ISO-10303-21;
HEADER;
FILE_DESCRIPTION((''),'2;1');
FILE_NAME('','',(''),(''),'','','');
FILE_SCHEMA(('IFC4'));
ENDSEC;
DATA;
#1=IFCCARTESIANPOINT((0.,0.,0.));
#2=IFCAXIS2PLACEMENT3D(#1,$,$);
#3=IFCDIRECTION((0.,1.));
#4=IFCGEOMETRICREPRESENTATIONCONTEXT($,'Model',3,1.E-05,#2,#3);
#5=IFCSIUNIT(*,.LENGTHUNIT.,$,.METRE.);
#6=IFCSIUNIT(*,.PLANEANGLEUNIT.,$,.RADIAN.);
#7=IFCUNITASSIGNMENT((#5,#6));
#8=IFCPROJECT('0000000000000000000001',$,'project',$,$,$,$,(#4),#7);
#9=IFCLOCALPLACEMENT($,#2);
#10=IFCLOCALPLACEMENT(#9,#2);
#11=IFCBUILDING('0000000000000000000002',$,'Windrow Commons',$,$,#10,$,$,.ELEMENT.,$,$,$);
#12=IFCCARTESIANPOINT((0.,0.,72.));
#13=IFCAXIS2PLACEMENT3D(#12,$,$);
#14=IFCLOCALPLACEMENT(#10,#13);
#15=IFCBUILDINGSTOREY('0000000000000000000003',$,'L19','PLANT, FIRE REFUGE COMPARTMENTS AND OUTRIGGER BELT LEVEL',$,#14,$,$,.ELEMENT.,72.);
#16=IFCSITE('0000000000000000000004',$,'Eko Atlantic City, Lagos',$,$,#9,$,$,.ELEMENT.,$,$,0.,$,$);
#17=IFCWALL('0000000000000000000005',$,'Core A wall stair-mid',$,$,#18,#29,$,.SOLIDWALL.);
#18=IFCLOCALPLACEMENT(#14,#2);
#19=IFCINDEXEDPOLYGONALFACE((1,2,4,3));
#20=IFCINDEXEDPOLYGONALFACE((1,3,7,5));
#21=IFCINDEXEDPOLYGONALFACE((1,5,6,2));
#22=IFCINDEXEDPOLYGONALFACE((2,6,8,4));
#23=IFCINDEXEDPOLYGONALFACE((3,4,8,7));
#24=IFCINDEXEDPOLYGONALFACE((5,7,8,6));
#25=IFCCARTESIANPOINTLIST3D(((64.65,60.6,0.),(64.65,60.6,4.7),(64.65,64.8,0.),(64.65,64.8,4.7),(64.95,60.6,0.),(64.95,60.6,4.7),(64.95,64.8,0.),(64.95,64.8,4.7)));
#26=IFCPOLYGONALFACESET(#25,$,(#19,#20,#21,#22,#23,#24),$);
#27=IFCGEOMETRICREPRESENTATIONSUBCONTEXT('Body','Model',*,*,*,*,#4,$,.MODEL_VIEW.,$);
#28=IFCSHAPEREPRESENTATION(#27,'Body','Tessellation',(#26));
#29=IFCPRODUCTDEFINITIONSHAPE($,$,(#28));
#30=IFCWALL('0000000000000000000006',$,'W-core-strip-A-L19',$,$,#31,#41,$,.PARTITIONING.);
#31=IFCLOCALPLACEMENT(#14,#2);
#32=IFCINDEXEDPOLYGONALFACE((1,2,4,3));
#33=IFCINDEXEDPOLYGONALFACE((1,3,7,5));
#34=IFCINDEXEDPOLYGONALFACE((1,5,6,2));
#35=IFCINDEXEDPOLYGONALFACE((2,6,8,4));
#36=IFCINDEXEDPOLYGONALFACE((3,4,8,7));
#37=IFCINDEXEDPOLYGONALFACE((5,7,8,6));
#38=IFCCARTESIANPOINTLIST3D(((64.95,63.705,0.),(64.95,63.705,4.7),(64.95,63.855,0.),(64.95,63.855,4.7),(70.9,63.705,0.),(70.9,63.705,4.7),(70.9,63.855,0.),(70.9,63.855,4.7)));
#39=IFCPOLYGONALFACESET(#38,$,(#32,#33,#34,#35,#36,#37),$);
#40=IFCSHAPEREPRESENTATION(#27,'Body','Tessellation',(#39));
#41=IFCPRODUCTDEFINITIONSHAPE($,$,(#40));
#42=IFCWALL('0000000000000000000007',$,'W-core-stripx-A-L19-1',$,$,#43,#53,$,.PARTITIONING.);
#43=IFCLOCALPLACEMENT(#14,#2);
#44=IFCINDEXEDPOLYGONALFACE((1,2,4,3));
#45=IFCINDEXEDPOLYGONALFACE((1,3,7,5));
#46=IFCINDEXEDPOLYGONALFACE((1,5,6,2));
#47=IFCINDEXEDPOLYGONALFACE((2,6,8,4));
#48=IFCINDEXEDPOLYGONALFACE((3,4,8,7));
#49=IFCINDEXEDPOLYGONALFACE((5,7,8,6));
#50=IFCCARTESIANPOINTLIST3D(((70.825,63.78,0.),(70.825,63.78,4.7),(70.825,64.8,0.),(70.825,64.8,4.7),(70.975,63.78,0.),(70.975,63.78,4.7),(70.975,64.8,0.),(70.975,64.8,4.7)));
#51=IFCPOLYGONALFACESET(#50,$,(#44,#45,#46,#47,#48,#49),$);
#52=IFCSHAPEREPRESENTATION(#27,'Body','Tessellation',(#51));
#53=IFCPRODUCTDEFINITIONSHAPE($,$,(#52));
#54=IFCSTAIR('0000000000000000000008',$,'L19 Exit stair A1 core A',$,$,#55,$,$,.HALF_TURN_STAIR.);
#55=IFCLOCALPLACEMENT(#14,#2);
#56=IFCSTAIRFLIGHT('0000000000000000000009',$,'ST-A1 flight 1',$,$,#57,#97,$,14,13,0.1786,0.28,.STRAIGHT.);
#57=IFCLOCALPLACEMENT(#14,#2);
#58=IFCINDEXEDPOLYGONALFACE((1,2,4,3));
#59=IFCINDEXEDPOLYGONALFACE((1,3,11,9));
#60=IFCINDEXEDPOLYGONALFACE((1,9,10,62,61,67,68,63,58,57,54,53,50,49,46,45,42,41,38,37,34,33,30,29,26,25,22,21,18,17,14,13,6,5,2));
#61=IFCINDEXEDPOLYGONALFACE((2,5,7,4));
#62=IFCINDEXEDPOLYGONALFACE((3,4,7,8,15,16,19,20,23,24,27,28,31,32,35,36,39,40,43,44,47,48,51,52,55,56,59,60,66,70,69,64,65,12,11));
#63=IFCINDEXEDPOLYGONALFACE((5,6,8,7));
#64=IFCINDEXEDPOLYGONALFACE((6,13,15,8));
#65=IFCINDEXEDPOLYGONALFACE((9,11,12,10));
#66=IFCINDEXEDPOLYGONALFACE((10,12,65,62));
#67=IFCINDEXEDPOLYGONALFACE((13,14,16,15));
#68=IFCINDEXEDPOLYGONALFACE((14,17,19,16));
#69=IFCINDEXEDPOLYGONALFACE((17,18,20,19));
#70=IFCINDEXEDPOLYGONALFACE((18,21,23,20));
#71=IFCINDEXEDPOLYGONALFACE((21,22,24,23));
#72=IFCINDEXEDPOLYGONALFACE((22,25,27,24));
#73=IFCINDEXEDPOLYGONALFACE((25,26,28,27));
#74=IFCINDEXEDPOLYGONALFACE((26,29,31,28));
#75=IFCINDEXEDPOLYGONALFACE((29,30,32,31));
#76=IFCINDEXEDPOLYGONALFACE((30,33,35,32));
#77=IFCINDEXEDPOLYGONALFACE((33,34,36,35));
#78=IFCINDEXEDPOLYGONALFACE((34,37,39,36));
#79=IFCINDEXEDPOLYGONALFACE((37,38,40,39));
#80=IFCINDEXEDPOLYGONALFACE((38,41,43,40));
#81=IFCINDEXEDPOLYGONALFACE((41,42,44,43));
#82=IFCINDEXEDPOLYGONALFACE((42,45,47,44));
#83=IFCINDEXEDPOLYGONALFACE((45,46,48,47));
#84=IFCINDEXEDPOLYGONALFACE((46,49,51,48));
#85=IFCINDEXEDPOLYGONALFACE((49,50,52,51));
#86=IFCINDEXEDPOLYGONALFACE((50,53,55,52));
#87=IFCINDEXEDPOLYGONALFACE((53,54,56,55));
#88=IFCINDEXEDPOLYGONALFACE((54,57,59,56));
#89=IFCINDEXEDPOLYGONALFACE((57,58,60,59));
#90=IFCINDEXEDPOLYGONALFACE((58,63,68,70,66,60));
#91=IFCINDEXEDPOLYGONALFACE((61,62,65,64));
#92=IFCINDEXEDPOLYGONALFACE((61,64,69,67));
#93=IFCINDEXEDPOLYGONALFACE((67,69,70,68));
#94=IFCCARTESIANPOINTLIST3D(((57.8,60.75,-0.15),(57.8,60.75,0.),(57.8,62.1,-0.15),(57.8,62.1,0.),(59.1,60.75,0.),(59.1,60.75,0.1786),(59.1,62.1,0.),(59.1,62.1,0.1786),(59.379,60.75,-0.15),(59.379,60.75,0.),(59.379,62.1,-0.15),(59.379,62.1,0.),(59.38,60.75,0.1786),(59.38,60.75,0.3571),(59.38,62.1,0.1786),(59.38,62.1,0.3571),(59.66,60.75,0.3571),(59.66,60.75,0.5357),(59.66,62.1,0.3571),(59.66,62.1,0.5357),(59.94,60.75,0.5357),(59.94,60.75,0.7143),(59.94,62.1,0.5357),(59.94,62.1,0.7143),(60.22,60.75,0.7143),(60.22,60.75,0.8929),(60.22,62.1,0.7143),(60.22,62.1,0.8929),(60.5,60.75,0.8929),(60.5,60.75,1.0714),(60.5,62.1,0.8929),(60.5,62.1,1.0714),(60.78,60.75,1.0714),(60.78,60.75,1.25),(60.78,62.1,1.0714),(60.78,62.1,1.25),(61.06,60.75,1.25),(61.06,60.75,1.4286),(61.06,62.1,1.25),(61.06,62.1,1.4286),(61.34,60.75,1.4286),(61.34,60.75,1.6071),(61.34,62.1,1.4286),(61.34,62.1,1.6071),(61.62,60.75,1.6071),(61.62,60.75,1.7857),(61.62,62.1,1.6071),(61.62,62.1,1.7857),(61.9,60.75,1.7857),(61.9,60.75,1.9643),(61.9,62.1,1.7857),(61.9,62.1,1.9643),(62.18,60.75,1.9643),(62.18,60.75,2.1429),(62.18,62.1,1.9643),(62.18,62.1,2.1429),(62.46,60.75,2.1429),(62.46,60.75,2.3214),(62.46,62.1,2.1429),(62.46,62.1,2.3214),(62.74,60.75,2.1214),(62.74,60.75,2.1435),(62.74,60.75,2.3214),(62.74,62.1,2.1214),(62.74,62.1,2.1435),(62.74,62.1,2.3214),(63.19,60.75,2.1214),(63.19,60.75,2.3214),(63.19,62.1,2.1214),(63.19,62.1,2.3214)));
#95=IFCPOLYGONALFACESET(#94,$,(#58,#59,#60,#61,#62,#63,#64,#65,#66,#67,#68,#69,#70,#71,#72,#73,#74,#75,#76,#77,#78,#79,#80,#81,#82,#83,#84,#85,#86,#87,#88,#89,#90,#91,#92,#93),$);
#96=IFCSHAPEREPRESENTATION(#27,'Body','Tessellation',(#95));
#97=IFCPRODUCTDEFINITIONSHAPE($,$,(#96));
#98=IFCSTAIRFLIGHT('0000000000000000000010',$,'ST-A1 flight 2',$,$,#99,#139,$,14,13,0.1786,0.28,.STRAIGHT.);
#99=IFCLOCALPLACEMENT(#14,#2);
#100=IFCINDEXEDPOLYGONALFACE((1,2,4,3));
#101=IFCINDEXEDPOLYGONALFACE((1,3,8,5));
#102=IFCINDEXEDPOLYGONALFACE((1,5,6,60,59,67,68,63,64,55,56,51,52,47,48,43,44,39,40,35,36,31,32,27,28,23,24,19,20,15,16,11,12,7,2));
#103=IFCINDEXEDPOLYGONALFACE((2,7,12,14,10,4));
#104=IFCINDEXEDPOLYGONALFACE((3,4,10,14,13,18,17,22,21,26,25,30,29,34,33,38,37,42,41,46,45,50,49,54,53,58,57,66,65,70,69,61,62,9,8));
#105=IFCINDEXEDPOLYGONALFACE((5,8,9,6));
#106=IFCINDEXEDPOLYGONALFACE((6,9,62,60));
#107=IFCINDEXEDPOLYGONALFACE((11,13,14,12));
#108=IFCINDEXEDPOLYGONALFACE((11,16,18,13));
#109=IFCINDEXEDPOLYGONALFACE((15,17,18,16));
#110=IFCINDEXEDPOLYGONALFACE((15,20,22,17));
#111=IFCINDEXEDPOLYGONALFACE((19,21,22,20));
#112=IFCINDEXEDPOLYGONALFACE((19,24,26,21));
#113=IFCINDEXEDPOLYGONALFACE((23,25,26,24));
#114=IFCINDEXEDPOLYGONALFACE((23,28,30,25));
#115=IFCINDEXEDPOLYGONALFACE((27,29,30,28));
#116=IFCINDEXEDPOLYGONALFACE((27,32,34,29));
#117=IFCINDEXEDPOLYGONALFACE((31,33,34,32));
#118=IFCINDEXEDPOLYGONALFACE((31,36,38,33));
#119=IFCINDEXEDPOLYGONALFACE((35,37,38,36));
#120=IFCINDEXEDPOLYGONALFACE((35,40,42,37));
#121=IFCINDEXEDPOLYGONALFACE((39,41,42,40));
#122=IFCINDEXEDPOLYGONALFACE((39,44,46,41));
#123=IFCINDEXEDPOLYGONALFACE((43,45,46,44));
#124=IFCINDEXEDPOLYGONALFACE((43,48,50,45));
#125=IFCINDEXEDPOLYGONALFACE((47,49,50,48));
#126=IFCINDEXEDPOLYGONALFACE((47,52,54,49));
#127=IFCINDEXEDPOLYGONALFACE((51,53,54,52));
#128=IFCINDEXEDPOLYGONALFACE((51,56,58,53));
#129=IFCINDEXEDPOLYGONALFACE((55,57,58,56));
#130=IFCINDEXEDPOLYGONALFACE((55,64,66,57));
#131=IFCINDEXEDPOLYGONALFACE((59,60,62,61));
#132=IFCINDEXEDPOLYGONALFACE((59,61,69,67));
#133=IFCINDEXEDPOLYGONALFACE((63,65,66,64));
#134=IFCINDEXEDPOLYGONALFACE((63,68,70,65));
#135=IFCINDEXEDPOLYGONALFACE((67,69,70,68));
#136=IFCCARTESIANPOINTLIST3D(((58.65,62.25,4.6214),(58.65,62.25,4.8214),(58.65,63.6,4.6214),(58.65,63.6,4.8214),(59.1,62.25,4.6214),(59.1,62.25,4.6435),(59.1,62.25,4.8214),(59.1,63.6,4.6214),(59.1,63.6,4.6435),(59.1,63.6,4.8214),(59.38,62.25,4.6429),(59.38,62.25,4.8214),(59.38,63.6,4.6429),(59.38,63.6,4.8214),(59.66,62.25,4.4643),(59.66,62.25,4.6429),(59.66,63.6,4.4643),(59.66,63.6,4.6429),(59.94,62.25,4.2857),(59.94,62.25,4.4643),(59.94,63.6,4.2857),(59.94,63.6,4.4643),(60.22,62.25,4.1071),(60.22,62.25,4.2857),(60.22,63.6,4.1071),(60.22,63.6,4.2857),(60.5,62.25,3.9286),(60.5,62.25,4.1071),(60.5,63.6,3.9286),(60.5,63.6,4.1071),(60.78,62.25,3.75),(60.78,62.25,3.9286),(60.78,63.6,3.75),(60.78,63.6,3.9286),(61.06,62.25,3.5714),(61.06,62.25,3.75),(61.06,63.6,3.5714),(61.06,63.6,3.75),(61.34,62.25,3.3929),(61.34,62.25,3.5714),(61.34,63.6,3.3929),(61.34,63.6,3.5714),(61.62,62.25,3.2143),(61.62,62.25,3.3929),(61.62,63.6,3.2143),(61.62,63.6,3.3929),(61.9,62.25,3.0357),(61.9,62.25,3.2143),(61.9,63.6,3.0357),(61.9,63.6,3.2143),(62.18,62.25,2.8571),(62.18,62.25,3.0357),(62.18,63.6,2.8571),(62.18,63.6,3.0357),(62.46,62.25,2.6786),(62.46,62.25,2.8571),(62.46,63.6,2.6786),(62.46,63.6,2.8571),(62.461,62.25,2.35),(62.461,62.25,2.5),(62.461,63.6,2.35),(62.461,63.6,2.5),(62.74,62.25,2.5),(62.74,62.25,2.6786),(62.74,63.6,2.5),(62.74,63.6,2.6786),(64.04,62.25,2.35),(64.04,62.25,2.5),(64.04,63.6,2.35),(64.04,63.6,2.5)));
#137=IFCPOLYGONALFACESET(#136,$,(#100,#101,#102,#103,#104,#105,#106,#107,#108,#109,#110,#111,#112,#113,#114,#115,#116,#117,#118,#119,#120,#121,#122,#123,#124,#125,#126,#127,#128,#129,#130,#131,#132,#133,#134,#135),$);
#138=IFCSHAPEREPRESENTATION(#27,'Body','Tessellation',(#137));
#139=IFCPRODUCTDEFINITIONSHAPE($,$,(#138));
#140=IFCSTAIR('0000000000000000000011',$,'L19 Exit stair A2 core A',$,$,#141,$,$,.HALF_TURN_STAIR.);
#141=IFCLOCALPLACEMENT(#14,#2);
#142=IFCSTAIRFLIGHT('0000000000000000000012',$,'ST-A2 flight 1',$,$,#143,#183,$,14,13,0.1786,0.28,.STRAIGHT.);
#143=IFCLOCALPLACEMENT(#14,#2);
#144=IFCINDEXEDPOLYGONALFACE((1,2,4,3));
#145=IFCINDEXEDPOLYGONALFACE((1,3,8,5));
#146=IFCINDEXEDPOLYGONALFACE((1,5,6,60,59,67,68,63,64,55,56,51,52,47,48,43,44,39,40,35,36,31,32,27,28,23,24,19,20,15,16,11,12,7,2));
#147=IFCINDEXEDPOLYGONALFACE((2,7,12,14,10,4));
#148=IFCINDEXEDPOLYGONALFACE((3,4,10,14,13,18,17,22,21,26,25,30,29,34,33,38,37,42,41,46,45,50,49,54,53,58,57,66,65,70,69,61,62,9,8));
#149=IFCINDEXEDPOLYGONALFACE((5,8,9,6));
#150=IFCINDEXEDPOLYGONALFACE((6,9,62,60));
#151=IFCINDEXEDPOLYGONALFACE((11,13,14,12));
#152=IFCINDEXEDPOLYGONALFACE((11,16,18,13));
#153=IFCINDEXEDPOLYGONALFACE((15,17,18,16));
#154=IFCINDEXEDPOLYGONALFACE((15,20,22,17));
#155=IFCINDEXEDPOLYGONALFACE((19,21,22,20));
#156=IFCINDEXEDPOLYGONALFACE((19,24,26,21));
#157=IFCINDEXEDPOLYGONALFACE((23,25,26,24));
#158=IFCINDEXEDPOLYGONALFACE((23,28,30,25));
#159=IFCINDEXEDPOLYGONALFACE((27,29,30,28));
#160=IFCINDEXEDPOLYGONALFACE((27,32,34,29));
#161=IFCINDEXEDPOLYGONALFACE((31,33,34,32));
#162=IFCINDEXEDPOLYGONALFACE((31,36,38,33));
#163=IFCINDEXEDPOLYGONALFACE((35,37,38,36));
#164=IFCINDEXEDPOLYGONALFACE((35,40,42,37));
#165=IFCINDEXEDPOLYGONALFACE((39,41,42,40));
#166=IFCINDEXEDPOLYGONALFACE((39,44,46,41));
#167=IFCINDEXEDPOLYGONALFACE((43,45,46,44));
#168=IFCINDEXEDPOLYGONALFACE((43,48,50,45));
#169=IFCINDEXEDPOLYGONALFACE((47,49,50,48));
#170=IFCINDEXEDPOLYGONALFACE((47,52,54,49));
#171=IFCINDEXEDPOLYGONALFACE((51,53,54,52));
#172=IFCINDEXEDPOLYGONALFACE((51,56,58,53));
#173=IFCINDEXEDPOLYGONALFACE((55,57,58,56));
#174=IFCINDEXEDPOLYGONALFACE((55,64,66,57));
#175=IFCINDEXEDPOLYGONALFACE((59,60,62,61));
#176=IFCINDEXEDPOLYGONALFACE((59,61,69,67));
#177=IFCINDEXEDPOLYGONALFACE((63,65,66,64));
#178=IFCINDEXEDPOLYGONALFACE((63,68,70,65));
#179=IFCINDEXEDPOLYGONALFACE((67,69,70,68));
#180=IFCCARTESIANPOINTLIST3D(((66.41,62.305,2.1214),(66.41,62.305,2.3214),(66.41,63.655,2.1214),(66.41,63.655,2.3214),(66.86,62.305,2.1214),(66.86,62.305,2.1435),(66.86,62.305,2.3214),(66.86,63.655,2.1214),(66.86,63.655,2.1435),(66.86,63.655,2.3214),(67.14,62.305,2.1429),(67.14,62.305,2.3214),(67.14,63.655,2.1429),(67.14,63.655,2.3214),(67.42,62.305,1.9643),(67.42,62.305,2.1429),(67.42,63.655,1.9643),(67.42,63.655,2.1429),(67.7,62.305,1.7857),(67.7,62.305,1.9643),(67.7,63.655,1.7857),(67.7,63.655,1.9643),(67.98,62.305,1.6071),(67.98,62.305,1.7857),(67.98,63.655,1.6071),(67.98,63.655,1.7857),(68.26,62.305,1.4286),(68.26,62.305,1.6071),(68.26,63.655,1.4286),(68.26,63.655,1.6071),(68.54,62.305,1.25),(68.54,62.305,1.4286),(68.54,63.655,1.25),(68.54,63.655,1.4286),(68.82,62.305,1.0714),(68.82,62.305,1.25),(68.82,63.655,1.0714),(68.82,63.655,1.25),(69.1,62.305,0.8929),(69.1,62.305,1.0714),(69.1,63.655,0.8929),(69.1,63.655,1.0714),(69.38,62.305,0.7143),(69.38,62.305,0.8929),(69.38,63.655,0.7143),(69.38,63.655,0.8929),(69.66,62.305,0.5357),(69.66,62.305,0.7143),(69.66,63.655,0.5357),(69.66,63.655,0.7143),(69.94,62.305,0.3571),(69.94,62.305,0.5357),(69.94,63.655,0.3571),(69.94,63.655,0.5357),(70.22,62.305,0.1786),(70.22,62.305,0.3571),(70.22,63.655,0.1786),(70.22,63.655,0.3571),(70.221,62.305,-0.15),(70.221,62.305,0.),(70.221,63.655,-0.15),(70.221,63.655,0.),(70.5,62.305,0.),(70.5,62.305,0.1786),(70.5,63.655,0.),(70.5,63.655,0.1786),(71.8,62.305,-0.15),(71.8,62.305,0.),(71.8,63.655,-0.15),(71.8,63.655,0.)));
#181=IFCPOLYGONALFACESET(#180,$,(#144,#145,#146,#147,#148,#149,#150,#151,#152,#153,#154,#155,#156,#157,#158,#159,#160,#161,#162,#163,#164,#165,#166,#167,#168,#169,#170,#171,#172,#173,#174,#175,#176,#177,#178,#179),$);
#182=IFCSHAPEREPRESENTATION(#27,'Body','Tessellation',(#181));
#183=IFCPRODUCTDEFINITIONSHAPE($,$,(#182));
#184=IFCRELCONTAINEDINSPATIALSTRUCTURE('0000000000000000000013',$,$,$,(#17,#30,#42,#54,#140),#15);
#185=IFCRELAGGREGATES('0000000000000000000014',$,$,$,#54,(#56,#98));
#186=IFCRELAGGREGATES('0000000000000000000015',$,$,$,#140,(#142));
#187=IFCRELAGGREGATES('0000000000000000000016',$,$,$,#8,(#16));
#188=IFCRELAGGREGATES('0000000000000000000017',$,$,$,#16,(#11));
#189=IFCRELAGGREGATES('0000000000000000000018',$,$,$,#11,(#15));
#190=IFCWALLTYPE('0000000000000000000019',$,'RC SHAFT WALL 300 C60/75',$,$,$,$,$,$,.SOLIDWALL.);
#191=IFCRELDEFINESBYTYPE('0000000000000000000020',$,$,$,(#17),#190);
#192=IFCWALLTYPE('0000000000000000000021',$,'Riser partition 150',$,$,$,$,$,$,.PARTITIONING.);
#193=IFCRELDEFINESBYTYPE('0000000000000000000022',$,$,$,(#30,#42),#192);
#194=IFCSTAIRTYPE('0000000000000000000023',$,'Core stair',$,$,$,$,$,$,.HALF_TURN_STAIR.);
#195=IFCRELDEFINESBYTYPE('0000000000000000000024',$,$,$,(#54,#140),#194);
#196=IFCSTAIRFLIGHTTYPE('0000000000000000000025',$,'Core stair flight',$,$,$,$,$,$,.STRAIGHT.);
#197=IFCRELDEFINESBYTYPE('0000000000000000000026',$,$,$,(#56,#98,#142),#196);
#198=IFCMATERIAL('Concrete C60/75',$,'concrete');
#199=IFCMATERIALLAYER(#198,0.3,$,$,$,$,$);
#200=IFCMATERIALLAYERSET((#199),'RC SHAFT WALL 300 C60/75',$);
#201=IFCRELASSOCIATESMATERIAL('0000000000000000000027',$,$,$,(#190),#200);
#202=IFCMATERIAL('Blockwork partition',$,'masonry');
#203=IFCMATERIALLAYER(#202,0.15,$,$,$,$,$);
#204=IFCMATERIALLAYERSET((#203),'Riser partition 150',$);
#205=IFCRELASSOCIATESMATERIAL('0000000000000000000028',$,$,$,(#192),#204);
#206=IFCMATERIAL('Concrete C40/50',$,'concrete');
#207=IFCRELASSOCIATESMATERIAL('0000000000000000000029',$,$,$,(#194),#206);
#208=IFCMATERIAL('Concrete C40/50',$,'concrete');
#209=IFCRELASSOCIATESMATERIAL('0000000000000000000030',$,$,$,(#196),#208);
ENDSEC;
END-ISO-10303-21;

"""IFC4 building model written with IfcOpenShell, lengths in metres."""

from ifc_helpers import new_model, si_unit, direction, frame, frame_2d, origin, place, context, subcontext, project, spatial, polyline, rectangle, outline, extrude, material, layer, layer_set, type_object, element, aggregate, save


model = new_model("IFC4")

# Units and contexts
model_context = context("Model", 3, precision=1e-05, world=origin(), true_north=direction((0.0, 1.0)))
body_context = subcontext(model_context, "Body", "Model", "MODEL_VIEW")
ifc_project = project(units=[si_unit("LENGTHUNIT", "METRE"), si_unit("PLANEANGLEUNIT", "RADIAN")], contexts=[model_context])

# Site, building, storey
site_placement = place(None, origin())
site = spatial("IfcSite", under=ifc_project, at=site_placement, Name="Eko Atlantic City, Lagos", CompositionType="ELEMENT", RefElevation=0.0)
building_placement = place(site_placement, origin())
building = spatial("IfcBuilding", under=site, at=building_placement, Name="Windrow Commons", CompositionType="ELEMENT")
storey_placement = place(building_placement, frame((0.0, 0.0, 72.0)))
storey = spatial("IfcBuildingStorey", under=building, at=storey_placement, Name="L19", Description="PLANT, FIRE REFUGE COMPARTMENTS AND OUTRIGGER BELT LEVEL", CompositionType="ELEMENT", Elevation=72.0)

# Walls
ifc_material_1 = material(Name="Concrete C60/75", Category="concrete")
ifc_layer_1 = layer(ifc_material_1, 0.3)
ifc_layer_set_1 = layer_set([ifc_layer_1], Name="RC SHAFT WALL 300 C60/75")
wall_type_1 = type_object("IfcWallType", Name="RC SHAFT WALL 300 C60/75", PredefinedType="SOLIDWALL", material=ifc_layer_set_1)
wall_1_placement = place(storey_placement, frame((64.8, 60.6, 0.0), z_axis=(0.0, 0.0, 1.0), x_axis=(0.0, 1.0, 0.0)))
element("IfcWall", 1, at=wall_1_placement, inside=storey, type_object=wall_type_1, Name="Core A wall stair-mid", PredefinedType="SOLIDWALL", context=body_context, shape_type="SweptSolid", body=[
    extrude(rectangle(XDim=4.2, YDim=0.3, at=frame_2d((2.1, 0.0))), origin(), (0.0, 0.0, 1.0), 4.7),
])
ifc_material_2 = material(Name="Blockwork partition", Category="masonry")
ifc_layer_2 = layer(ifc_material_2, 0.15)
ifc_layer_set_2 = layer_set([ifc_layer_2], Name="Riser partition 150")
wall_type_2 = type_object("IfcWallType", Name="Riser partition 150", PredefinedType="PARTITIONING", material=ifc_layer_set_2)
wall_2_placement = place(storey_placement, frame((64.95, 63.78, 0.0), z_axis=(0.0, 0.0, 1.0), x_axis=(1.0, 0.0, 0.0)))
element("IfcWall", 2, at=wall_2_placement, inside=storey, type_object=wall_type_2, Name="W-core-strip-A-L19", PredefinedType="PARTITIONING", context=body_context, shape_type="SweptSolid", body=[
    extrude(rectangle(XDim=5.95, YDim=0.15, at=frame_2d((2.975, 0.0))), origin(), (0.0, 0.0, 1.0), 4.7),
])
wall_3_placement = place(storey_placement, frame((70.9, 63.78, 0.0), z_axis=(0.0, 0.0, 1.0), x_axis=(0.0, 1.0, 0.0)))
element("IfcWall", 3, at=wall_3_placement, inside=storey, type_object=wall_type_2, Name="W-core-stripx-A-L19-1", PredefinedType="PARTITIONING", context=body_context, shape_type="SweptSolid", body=[
    extrude(rectangle(XDim=1.02, YDim=0.15, at=frame_2d((0.51, 0.0))), origin(), (0.0, 0.0, 1.0), 4.7),
])

# Stairs, stair flights
ifc_material_3 = material(Name="Concrete C40/50", Category="concrete")
stair_type = type_object("IfcStairType", Name="Core stair", PredefinedType="HALF_TURN_STAIR", material=ifc_material_3)
placement = place(storey_placement, origin())
stair_1 = element("IfcStair", 4, at=placement, inside=storey, type_object=stair_type, Name="L19 Exit stair A1 core A", PredefinedType="HALF_TURN_STAIR")
ifc_material_4 = material(Name="Concrete C40/50", Category="concrete")
stair_flight_type = type_object("IfcStairFlightType", Name="Core stair flight", PredefinedType="STRAIGHT", material=ifc_material_4)
stair_flight_1_placement = place(storey_placement, frame((59.1, 61.425, 0.0), z_axis=(0.0, 0.0, 1.0), x_axis=(1.0, 0.0, 0.0)))
stair_flight_1 = element("IfcStairFlight", 5, at=stair_flight_1_placement, type_object=stair_flight_type, Name="ST-A1 flight 1", NumberOfRisers=14, NumberOfTreads=13, PredefinedType="STRAIGHT", RiserHeight=0.1786, TreadLength=0.28, context=body_context, shape_type="SweptSolid", body=[
    extrude(outline(polyline([(-1.3, -0.15), (-1.3, 0.0), (0.0, 0.0), (0.0, 0.1786), (0.28, 0.1786), (0.28, 0.3571), (0.56, 0.3571), (0.56, 0.5357), (0.84, 0.5357), (0.84, 0.7143), (1.12, 0.7143), (1.12, 0.8929), (1.4, 0.8929), (1.4, 1.0714), (1.68, 1.0714), (1.68, 1.25), (1.96, 1.25), (1.96, 1.4286), (2.24, 1.4286), (2.24, 1.6071), (2.52, 1.6071), (2.52, 1.7857), (2.8, 1.7857), (2.8, 1.9643), (3.08, 1.9643), (3.08, 2.1429), (3.36, 2.1429), (3.36, 2.3214), (3.64, 2.3214), (4.09, 2.3214), (4.09, 2.1214), (3.64, 2.1214), (3.64, 2.1435), (0.279, 0.0), (0.279, -0.15), (-1.3, -0.15)])), frame((0.0, 0.675, 0.0), z_axis=(0.0, -1.0, 0.0), x_axis=(1.0, 0.0, 0.0)), (0.0, 0.0, 1.0), 1.35),
])
stair_flight_2_placement = place(storey_placement, frame((62.74, 62.925, 2.5), z_axis=(0.0, 0.0, 1.0), x_axis=(-1.0, 0.0, 0.0)))
stair_flight_2 = element("IfcStairFlight", 6, at=stair_flight_2_placement, type_object=stair_flight_type, Name="ST-A1 flight 2", NumberOfRisers=14, NumberOfTreads=13, PredefinedType="STRAIGHT", RiserHeight=0.1786, TreadLength=0.28, context=body_context, shape_type="SweptSolid", body=[
    extrude(outline(polyline([(-1.3, -0.15), (-1.3, 0.0), (0.0, 0.0), (0.0, 0.1786), (0.28, 0.1786), (0.28, 0.3571), (0.56, 0.3571), (0.56, 0.5357), (0.84, 0.5357), (0.84, 0.7143), (1.12, 0.7143), (1.12, 0.8929), (1.4, 0.8929), (1.4, 1.0714), (1.68, 1.0714), (1.68, 1.25), (1.96, 1.25), (1.96, 1.4286), (2.24, 1.4286), (2.24, 1.6071), (2.52, 1.6071), (2.52, 1.7857), (2.8, 1.7857), (2.8, 1.9643), (3.08, 1.9643), (3.08, 2.1429), (3.36, 2.1429), (3.36, 2.3214), (3.64, 2.3214), (4.09, 2.3214), (4.09, 2.1214), (3.64, 2.1214), (3.64, 2.1435), (0.279, 0.0), (0.279, -0.15), (-1.3, -0.15)])), frame((0.0, 0.675, 0.0), z_axis=(0.0, -1.0, 0.0), x_axis=(1.0, 0.0, 0.0)), (0.0, 0.0, 1.0), 1.35),
])
aggregate(stair_1, [stair_flight_1, stair_flight_2])
stair_2 = element("IfcStair", 7, at=placement, inside=storey, type_object=stair_type, Name="L19 Exit stair A2 core A", PredefinedType="HALF_TURN_STAIR")
stair_flight_3_placement = place(storey_placement, frame((70.5, 62.98, 0.0), z_axis=(0.0, 0.0, 1.0), x_axis=(-1.0, 0.0, 0.0)))
stair_flight_3 = element("IfcStairFlight", 8, at=stair_flight_3_placement, type_object=stair_flight_type, Name="ST-A2 flight 1", NumberOfRisers=14, NumberOfTreads=13, PredefinedType="STRAIGHT", RiserHeight=0.1786, TreadLength=0.28, context=body_context, shape_type="SweptSolid", body=[
    extrude(outline(polyline([(-1.3, -0.15), (-1.3, 0.0), (0.0, 0.0), (0.0, 0.1786), (0.28, 0.1786), (0.28, 0.3571), (0.56, 0.3571), (0.56, 0.5357), (0.84, 0.5357), (0.84, 0.7143), (1.12, 0.7143), (1.12, 0.8929), (1.4, 0.8929), (1.4, 1.0714), (1.68, 1.0714), (1.68, 1.25), (1.96, 1.25), (1.96, 1.4286), (2.24, 1.4286), (2.24, 1.6071), (2.52, 1.6071), (2.52, 1.7857), (2.8, 1.7857), (2.8, 1.9643), (3.08, 1.9643), (3.08, 2.1429), (3.36, 2.1429), (3.36, 2.3214), (3.64, 2.3214), (4.09, 2.3214), (4.09, 2.1214), (3.64, 2.1214), (3.64, 2.1435), (0.279, 0.0), (0.279, -0.15), (-1.3, -0.15)])), frame((0.0, 0.675, 0.0), z_axis=(0.0, -1.0, 0.0), x_axis=(1.0, 0.0, 0.0)), (0.0, 0.0, 1.0), 1.35),
])
aggregate(stair_2, [stair_flight_3])

save(model, "model.ifc")
